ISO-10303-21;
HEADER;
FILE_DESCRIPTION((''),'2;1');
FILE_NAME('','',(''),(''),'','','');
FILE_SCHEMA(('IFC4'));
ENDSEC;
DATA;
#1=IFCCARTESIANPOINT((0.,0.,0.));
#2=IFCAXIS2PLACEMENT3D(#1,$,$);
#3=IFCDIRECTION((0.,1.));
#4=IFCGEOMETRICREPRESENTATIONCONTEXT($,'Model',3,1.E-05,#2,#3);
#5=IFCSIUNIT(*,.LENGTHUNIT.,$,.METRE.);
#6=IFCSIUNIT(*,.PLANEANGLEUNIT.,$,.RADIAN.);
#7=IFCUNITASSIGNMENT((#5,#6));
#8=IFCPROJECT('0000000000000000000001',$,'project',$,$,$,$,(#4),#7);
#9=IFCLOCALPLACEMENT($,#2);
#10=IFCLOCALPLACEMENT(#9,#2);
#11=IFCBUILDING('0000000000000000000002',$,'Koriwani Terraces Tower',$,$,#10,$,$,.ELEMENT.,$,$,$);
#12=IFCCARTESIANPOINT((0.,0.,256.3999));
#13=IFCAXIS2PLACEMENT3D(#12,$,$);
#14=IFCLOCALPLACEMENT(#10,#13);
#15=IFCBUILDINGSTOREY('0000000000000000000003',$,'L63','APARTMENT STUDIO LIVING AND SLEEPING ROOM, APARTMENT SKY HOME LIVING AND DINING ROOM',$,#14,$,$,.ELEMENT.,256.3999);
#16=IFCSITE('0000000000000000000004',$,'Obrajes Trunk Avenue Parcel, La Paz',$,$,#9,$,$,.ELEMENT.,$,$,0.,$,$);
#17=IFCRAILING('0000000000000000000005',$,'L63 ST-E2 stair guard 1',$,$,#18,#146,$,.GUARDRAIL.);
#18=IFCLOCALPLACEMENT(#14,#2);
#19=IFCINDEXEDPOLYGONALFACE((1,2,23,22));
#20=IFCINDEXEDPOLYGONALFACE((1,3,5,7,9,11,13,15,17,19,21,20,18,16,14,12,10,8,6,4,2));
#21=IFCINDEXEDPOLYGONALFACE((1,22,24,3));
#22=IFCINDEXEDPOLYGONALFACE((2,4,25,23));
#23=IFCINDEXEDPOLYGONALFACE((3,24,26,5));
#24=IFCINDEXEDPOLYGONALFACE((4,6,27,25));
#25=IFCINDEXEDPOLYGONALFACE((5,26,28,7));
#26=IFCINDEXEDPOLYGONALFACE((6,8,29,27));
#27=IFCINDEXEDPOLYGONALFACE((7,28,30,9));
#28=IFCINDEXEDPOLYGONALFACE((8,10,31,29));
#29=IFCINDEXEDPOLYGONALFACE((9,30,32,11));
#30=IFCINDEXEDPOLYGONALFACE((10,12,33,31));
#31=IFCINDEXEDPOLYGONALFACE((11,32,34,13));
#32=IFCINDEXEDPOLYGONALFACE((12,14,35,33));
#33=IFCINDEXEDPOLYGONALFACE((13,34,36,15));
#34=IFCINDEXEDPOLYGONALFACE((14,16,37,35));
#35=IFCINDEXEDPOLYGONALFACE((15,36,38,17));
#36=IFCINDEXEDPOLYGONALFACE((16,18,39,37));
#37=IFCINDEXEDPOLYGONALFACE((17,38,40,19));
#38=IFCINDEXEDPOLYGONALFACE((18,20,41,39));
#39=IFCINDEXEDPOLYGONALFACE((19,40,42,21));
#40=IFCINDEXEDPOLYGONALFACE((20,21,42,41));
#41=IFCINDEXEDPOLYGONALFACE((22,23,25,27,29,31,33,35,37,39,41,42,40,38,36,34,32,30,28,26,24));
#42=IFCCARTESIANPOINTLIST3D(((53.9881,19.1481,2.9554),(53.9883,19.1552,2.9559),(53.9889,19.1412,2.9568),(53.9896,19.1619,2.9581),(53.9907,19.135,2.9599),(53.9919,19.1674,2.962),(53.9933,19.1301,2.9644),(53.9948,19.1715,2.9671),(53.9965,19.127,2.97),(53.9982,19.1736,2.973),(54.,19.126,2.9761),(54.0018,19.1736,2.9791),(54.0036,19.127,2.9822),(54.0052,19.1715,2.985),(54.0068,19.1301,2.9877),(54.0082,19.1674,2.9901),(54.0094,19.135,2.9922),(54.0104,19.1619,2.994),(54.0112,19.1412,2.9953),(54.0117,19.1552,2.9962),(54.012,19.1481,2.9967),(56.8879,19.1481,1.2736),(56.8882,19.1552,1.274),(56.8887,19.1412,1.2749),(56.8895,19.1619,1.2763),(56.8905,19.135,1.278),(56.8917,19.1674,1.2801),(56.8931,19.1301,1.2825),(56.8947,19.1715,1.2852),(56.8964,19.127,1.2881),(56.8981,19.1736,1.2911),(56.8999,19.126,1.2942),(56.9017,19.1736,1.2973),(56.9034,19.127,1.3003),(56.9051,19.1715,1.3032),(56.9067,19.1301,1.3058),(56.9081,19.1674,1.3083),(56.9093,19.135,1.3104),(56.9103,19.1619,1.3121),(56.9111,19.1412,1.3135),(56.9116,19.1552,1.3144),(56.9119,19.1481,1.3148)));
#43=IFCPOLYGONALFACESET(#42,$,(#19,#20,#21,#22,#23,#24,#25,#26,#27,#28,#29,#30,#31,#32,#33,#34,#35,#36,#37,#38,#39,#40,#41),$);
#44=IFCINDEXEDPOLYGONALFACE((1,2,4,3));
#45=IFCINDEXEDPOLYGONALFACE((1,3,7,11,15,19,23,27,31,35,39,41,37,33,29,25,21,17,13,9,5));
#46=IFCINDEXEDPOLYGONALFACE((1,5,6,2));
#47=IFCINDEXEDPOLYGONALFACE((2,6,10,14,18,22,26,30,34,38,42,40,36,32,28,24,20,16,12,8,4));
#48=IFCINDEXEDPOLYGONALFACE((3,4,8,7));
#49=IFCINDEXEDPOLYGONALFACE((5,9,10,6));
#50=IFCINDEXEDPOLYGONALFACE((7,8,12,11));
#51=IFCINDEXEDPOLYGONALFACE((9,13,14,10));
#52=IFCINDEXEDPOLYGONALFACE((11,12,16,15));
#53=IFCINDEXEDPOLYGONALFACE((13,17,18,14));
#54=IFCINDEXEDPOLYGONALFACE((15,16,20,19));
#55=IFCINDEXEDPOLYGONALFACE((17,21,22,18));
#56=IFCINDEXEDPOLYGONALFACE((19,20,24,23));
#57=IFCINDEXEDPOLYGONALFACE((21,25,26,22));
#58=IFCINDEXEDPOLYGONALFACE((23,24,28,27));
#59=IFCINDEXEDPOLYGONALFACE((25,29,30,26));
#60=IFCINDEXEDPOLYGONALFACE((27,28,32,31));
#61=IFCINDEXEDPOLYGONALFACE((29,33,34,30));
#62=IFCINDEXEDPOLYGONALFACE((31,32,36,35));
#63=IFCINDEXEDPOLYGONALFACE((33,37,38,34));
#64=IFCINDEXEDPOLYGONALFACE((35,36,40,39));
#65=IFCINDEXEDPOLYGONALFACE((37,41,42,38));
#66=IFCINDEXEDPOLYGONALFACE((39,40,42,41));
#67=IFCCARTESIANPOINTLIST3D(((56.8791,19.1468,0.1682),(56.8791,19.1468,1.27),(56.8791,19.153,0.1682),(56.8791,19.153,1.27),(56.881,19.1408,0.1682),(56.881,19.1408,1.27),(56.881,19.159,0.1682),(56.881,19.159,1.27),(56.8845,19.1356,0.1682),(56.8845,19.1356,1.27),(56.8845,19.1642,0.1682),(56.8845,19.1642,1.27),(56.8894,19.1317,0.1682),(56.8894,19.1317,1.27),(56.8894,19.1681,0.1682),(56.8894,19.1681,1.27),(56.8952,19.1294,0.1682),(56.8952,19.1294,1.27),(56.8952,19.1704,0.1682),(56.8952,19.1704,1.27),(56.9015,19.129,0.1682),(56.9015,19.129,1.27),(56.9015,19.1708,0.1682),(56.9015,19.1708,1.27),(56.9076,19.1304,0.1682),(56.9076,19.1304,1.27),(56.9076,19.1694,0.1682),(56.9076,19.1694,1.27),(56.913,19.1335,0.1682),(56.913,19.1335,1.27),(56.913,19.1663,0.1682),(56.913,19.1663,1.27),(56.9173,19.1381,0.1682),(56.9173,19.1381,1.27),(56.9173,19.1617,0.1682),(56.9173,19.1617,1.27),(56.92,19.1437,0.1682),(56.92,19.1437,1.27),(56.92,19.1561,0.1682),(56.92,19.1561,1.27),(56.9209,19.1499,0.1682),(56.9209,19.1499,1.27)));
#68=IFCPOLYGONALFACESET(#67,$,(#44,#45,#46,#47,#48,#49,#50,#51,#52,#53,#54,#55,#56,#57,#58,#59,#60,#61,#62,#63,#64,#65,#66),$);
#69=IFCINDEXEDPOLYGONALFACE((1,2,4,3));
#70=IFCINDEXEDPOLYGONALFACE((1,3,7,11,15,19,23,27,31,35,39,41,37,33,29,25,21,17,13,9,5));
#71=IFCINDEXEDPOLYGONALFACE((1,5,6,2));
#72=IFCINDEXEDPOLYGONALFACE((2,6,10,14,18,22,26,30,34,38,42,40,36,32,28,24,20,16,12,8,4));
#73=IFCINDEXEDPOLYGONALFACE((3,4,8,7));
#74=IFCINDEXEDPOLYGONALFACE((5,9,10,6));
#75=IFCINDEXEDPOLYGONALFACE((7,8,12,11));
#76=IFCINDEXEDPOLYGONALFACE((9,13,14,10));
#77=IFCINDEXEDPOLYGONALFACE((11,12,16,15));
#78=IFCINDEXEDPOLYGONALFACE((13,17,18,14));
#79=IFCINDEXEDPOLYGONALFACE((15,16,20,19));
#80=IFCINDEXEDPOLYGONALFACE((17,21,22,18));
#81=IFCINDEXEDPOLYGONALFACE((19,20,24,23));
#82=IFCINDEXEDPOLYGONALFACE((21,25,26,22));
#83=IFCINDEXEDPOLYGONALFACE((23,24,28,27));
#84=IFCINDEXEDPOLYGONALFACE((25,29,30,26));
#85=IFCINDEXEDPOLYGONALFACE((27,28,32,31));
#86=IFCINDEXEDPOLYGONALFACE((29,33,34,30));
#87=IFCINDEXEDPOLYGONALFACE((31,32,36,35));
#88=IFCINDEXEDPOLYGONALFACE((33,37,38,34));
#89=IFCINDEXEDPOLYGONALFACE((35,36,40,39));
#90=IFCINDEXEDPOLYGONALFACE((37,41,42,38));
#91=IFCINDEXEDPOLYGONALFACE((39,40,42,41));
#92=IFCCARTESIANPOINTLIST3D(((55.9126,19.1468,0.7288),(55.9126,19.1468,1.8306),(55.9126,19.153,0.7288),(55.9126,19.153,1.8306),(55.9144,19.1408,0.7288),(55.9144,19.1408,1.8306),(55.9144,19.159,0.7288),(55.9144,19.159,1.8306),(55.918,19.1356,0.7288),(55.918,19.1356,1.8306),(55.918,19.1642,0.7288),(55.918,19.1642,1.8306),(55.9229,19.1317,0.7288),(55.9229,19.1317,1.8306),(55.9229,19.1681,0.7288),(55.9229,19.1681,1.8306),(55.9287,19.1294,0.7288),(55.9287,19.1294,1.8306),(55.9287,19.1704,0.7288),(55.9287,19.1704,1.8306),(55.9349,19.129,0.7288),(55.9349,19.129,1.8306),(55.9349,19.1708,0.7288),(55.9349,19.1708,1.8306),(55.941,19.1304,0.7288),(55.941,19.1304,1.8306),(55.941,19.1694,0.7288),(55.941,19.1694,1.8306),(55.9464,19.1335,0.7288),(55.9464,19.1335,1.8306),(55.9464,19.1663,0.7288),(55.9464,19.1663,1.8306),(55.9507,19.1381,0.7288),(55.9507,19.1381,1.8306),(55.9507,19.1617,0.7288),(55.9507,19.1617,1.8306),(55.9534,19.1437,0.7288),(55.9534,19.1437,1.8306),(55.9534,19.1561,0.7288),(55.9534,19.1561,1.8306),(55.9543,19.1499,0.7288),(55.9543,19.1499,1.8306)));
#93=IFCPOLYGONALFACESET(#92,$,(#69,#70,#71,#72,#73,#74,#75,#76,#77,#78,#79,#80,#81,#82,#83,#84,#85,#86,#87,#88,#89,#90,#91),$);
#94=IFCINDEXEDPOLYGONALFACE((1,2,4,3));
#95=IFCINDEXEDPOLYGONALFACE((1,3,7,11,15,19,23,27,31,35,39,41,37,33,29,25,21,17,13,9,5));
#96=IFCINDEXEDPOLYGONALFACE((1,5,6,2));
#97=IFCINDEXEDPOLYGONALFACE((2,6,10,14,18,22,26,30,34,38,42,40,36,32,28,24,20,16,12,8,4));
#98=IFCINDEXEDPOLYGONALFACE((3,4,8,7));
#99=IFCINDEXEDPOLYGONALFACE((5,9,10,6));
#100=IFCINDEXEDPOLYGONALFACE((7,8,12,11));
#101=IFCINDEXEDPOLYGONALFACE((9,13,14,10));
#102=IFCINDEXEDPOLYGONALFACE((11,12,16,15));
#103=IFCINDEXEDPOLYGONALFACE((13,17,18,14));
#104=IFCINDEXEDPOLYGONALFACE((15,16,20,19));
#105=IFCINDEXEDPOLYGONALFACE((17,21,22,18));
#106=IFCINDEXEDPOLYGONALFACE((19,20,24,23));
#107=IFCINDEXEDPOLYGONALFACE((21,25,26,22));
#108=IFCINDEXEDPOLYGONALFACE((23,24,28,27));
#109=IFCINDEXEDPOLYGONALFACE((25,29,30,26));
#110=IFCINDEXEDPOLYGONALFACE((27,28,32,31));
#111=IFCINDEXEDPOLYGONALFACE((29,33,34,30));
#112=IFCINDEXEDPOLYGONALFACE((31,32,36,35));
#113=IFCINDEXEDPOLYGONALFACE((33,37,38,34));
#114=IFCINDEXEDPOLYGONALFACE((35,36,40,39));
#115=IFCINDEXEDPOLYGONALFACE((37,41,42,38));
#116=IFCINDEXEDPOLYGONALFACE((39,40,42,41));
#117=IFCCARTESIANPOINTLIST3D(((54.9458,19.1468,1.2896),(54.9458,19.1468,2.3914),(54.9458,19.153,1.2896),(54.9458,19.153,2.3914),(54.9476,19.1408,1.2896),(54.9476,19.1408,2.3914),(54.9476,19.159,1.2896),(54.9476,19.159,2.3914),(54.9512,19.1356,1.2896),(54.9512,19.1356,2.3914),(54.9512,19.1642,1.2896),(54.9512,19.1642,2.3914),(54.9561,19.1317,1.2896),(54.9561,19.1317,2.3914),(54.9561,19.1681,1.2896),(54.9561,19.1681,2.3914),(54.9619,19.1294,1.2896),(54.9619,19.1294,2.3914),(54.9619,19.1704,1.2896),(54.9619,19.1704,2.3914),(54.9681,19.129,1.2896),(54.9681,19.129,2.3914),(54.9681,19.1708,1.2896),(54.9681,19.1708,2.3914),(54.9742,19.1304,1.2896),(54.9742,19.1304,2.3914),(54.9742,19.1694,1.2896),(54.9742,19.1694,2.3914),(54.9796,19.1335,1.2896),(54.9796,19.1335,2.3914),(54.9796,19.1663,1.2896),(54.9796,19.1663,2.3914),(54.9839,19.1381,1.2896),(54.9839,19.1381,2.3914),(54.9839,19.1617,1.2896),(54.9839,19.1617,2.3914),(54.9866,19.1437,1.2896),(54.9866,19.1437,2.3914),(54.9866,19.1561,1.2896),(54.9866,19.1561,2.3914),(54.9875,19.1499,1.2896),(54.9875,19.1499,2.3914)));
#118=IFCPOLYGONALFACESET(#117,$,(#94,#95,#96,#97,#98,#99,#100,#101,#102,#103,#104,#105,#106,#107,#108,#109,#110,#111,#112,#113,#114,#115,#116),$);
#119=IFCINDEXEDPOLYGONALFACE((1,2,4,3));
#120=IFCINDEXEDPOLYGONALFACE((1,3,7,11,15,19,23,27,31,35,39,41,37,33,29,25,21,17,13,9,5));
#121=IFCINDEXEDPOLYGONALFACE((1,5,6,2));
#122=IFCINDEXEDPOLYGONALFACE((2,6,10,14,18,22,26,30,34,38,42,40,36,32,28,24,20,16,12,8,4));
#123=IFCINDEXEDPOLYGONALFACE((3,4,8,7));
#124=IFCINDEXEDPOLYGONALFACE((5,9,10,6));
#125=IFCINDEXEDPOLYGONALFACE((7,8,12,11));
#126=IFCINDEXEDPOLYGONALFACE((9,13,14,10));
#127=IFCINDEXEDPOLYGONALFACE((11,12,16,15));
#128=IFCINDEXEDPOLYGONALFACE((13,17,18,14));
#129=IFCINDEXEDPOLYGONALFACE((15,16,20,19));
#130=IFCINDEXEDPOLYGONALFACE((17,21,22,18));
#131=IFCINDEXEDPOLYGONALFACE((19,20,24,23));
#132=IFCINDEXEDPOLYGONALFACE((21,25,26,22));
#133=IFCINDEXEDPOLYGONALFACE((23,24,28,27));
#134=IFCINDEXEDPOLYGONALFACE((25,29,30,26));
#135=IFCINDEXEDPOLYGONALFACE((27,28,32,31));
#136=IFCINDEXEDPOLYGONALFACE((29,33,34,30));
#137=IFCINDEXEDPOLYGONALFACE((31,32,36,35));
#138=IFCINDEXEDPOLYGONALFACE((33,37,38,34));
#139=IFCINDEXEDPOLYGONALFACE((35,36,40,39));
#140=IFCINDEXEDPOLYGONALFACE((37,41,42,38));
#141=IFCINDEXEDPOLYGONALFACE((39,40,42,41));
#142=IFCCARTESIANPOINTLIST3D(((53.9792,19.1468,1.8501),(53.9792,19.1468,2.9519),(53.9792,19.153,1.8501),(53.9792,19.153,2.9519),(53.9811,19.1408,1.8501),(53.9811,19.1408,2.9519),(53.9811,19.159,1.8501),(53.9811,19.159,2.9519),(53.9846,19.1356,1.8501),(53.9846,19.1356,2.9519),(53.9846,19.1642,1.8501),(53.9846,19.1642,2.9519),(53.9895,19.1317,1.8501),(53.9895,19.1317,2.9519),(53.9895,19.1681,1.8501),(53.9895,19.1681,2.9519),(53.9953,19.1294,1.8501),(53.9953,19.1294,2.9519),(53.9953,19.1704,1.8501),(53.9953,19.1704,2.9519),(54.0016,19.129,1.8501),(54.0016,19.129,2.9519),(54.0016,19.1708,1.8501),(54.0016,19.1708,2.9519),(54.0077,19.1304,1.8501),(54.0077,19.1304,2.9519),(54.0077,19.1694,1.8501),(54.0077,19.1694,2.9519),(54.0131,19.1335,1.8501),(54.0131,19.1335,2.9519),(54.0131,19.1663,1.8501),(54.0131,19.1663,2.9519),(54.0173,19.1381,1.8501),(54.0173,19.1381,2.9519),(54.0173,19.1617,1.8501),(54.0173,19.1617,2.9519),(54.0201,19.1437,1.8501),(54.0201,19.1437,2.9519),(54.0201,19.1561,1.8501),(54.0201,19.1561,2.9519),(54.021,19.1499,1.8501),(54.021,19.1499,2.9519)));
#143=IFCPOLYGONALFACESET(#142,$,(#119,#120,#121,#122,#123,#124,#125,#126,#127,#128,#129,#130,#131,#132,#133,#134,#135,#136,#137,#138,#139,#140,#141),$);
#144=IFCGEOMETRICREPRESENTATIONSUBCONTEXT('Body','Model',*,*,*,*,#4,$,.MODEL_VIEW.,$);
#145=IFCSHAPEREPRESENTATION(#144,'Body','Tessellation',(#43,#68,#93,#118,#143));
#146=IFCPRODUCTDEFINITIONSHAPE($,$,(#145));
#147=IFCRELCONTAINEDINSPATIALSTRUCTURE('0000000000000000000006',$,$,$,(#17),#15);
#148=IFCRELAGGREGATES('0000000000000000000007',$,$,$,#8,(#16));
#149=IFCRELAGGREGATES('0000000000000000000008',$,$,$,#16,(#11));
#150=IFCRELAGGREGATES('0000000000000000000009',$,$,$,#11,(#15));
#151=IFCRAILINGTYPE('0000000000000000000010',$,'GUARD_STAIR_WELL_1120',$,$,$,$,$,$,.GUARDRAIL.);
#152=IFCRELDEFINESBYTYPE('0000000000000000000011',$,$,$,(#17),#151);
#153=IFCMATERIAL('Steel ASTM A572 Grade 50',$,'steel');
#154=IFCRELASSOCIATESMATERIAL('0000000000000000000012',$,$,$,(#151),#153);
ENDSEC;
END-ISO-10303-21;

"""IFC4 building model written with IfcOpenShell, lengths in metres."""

from ifc_helpers import new_model, si_unit, direction, frame, origin, origin_2d, place, context, subcontext, project, spatial, circle, extrude, material, type_object, element, save


model = new_model("IFC4")

# Units and contexts
model_context = context("Model", 3, precision=1e-05, world=origin(), true_north=direction((0.0, 1.0)))
body_context = subcontext(model_context, "Body", "Model", "MODEL_VIEW")
ifc_project = project(units=[si_unit("LENGTHUNIT", "METRE"), si_unit("PLANEANGLEUNIT", "RADIAN")], contexts=[model_context])

# Site, building, storey
site_placement = place(None, origin())
site = spatial("IfcSite", under=ifc_project, at=site_placement, Name="Obrajes Trunk Avenue Parcel, La Paz", CompositionType="ELEMENT", RefElevation=0.0)
building_placement = place(site_placement, origin())
building = spatial("IfcBuilding", under=site, at=building_placement, Name="Koriwani Terraces Tower", CompositionType="ELEMENT")
storey_placement = place(building_placement, frame((0.0, 0.0, 256.3999)))
storey = spatial("IfcBuildingStorey", under=building, at=storey_placement, Name="L63", Description="APARTMENT STUDIO LIVING AND SLEEPING ROOM, APARTMENT SKY HOME LIVING AND DINING ROOM", CompositionType="ELEMENT", Elevation=256.3999)

# Shared definitions
ifc_material_1 = material(Name="Steel ASTM A572 Grade 50", Category="steel")

# Railing
railing_type_1 = type_object("IfcRailingType", Name="GUARD_STAIR_WELL_1120", PredefinedType="GUARDRAIL", material=ifc_material_1)
railing_1_placement = place(storey_placement, frame((56.8999, 19.1499, 0.1682)))
element("IfcRailing", 1, at=railing_1_placement, inside=storey, type_object=railing_type_1, Name="L63 ST-E2 stair guard 1", PredefinedType="GUARDRAIL", context=body_context, shape_type="SweptSolid", body=[
    extrude(circle(Radius=0.0239, at=origin_2d()), frame((0.0, 0.0, 1.126), z_axis=(-0.865039, 0.0, 0.501705), x_axis=(0.0, -1.0, 0.0)), (0.0, 0.0, 1.0), 3.3523),
    extrude(circle(Radius=0.021, at=origin_2d()), origin(), (0.0, 0.0, 1.0), 1.1018),
    extrude(circle(Radius=0.021, at=origin_2d()), frame((-0.9666, 0.0, 0.5605)), (0.0, 0.0, 1.0), 1.1018),
    extrude(circle(Radius=0.021, at=origin_2d()), frame((-1.9333, 0.0, 1.1213)), (0.0, 0.0, 1.0), 1.1018),
    extrude(circle(Radius=0.021, at=origin_2d()), frame((-2.8999, 0.0, 1.6819)), (0.0, 0.0, 1.0), 1.1018),
])

save(model, "model.ifc")
